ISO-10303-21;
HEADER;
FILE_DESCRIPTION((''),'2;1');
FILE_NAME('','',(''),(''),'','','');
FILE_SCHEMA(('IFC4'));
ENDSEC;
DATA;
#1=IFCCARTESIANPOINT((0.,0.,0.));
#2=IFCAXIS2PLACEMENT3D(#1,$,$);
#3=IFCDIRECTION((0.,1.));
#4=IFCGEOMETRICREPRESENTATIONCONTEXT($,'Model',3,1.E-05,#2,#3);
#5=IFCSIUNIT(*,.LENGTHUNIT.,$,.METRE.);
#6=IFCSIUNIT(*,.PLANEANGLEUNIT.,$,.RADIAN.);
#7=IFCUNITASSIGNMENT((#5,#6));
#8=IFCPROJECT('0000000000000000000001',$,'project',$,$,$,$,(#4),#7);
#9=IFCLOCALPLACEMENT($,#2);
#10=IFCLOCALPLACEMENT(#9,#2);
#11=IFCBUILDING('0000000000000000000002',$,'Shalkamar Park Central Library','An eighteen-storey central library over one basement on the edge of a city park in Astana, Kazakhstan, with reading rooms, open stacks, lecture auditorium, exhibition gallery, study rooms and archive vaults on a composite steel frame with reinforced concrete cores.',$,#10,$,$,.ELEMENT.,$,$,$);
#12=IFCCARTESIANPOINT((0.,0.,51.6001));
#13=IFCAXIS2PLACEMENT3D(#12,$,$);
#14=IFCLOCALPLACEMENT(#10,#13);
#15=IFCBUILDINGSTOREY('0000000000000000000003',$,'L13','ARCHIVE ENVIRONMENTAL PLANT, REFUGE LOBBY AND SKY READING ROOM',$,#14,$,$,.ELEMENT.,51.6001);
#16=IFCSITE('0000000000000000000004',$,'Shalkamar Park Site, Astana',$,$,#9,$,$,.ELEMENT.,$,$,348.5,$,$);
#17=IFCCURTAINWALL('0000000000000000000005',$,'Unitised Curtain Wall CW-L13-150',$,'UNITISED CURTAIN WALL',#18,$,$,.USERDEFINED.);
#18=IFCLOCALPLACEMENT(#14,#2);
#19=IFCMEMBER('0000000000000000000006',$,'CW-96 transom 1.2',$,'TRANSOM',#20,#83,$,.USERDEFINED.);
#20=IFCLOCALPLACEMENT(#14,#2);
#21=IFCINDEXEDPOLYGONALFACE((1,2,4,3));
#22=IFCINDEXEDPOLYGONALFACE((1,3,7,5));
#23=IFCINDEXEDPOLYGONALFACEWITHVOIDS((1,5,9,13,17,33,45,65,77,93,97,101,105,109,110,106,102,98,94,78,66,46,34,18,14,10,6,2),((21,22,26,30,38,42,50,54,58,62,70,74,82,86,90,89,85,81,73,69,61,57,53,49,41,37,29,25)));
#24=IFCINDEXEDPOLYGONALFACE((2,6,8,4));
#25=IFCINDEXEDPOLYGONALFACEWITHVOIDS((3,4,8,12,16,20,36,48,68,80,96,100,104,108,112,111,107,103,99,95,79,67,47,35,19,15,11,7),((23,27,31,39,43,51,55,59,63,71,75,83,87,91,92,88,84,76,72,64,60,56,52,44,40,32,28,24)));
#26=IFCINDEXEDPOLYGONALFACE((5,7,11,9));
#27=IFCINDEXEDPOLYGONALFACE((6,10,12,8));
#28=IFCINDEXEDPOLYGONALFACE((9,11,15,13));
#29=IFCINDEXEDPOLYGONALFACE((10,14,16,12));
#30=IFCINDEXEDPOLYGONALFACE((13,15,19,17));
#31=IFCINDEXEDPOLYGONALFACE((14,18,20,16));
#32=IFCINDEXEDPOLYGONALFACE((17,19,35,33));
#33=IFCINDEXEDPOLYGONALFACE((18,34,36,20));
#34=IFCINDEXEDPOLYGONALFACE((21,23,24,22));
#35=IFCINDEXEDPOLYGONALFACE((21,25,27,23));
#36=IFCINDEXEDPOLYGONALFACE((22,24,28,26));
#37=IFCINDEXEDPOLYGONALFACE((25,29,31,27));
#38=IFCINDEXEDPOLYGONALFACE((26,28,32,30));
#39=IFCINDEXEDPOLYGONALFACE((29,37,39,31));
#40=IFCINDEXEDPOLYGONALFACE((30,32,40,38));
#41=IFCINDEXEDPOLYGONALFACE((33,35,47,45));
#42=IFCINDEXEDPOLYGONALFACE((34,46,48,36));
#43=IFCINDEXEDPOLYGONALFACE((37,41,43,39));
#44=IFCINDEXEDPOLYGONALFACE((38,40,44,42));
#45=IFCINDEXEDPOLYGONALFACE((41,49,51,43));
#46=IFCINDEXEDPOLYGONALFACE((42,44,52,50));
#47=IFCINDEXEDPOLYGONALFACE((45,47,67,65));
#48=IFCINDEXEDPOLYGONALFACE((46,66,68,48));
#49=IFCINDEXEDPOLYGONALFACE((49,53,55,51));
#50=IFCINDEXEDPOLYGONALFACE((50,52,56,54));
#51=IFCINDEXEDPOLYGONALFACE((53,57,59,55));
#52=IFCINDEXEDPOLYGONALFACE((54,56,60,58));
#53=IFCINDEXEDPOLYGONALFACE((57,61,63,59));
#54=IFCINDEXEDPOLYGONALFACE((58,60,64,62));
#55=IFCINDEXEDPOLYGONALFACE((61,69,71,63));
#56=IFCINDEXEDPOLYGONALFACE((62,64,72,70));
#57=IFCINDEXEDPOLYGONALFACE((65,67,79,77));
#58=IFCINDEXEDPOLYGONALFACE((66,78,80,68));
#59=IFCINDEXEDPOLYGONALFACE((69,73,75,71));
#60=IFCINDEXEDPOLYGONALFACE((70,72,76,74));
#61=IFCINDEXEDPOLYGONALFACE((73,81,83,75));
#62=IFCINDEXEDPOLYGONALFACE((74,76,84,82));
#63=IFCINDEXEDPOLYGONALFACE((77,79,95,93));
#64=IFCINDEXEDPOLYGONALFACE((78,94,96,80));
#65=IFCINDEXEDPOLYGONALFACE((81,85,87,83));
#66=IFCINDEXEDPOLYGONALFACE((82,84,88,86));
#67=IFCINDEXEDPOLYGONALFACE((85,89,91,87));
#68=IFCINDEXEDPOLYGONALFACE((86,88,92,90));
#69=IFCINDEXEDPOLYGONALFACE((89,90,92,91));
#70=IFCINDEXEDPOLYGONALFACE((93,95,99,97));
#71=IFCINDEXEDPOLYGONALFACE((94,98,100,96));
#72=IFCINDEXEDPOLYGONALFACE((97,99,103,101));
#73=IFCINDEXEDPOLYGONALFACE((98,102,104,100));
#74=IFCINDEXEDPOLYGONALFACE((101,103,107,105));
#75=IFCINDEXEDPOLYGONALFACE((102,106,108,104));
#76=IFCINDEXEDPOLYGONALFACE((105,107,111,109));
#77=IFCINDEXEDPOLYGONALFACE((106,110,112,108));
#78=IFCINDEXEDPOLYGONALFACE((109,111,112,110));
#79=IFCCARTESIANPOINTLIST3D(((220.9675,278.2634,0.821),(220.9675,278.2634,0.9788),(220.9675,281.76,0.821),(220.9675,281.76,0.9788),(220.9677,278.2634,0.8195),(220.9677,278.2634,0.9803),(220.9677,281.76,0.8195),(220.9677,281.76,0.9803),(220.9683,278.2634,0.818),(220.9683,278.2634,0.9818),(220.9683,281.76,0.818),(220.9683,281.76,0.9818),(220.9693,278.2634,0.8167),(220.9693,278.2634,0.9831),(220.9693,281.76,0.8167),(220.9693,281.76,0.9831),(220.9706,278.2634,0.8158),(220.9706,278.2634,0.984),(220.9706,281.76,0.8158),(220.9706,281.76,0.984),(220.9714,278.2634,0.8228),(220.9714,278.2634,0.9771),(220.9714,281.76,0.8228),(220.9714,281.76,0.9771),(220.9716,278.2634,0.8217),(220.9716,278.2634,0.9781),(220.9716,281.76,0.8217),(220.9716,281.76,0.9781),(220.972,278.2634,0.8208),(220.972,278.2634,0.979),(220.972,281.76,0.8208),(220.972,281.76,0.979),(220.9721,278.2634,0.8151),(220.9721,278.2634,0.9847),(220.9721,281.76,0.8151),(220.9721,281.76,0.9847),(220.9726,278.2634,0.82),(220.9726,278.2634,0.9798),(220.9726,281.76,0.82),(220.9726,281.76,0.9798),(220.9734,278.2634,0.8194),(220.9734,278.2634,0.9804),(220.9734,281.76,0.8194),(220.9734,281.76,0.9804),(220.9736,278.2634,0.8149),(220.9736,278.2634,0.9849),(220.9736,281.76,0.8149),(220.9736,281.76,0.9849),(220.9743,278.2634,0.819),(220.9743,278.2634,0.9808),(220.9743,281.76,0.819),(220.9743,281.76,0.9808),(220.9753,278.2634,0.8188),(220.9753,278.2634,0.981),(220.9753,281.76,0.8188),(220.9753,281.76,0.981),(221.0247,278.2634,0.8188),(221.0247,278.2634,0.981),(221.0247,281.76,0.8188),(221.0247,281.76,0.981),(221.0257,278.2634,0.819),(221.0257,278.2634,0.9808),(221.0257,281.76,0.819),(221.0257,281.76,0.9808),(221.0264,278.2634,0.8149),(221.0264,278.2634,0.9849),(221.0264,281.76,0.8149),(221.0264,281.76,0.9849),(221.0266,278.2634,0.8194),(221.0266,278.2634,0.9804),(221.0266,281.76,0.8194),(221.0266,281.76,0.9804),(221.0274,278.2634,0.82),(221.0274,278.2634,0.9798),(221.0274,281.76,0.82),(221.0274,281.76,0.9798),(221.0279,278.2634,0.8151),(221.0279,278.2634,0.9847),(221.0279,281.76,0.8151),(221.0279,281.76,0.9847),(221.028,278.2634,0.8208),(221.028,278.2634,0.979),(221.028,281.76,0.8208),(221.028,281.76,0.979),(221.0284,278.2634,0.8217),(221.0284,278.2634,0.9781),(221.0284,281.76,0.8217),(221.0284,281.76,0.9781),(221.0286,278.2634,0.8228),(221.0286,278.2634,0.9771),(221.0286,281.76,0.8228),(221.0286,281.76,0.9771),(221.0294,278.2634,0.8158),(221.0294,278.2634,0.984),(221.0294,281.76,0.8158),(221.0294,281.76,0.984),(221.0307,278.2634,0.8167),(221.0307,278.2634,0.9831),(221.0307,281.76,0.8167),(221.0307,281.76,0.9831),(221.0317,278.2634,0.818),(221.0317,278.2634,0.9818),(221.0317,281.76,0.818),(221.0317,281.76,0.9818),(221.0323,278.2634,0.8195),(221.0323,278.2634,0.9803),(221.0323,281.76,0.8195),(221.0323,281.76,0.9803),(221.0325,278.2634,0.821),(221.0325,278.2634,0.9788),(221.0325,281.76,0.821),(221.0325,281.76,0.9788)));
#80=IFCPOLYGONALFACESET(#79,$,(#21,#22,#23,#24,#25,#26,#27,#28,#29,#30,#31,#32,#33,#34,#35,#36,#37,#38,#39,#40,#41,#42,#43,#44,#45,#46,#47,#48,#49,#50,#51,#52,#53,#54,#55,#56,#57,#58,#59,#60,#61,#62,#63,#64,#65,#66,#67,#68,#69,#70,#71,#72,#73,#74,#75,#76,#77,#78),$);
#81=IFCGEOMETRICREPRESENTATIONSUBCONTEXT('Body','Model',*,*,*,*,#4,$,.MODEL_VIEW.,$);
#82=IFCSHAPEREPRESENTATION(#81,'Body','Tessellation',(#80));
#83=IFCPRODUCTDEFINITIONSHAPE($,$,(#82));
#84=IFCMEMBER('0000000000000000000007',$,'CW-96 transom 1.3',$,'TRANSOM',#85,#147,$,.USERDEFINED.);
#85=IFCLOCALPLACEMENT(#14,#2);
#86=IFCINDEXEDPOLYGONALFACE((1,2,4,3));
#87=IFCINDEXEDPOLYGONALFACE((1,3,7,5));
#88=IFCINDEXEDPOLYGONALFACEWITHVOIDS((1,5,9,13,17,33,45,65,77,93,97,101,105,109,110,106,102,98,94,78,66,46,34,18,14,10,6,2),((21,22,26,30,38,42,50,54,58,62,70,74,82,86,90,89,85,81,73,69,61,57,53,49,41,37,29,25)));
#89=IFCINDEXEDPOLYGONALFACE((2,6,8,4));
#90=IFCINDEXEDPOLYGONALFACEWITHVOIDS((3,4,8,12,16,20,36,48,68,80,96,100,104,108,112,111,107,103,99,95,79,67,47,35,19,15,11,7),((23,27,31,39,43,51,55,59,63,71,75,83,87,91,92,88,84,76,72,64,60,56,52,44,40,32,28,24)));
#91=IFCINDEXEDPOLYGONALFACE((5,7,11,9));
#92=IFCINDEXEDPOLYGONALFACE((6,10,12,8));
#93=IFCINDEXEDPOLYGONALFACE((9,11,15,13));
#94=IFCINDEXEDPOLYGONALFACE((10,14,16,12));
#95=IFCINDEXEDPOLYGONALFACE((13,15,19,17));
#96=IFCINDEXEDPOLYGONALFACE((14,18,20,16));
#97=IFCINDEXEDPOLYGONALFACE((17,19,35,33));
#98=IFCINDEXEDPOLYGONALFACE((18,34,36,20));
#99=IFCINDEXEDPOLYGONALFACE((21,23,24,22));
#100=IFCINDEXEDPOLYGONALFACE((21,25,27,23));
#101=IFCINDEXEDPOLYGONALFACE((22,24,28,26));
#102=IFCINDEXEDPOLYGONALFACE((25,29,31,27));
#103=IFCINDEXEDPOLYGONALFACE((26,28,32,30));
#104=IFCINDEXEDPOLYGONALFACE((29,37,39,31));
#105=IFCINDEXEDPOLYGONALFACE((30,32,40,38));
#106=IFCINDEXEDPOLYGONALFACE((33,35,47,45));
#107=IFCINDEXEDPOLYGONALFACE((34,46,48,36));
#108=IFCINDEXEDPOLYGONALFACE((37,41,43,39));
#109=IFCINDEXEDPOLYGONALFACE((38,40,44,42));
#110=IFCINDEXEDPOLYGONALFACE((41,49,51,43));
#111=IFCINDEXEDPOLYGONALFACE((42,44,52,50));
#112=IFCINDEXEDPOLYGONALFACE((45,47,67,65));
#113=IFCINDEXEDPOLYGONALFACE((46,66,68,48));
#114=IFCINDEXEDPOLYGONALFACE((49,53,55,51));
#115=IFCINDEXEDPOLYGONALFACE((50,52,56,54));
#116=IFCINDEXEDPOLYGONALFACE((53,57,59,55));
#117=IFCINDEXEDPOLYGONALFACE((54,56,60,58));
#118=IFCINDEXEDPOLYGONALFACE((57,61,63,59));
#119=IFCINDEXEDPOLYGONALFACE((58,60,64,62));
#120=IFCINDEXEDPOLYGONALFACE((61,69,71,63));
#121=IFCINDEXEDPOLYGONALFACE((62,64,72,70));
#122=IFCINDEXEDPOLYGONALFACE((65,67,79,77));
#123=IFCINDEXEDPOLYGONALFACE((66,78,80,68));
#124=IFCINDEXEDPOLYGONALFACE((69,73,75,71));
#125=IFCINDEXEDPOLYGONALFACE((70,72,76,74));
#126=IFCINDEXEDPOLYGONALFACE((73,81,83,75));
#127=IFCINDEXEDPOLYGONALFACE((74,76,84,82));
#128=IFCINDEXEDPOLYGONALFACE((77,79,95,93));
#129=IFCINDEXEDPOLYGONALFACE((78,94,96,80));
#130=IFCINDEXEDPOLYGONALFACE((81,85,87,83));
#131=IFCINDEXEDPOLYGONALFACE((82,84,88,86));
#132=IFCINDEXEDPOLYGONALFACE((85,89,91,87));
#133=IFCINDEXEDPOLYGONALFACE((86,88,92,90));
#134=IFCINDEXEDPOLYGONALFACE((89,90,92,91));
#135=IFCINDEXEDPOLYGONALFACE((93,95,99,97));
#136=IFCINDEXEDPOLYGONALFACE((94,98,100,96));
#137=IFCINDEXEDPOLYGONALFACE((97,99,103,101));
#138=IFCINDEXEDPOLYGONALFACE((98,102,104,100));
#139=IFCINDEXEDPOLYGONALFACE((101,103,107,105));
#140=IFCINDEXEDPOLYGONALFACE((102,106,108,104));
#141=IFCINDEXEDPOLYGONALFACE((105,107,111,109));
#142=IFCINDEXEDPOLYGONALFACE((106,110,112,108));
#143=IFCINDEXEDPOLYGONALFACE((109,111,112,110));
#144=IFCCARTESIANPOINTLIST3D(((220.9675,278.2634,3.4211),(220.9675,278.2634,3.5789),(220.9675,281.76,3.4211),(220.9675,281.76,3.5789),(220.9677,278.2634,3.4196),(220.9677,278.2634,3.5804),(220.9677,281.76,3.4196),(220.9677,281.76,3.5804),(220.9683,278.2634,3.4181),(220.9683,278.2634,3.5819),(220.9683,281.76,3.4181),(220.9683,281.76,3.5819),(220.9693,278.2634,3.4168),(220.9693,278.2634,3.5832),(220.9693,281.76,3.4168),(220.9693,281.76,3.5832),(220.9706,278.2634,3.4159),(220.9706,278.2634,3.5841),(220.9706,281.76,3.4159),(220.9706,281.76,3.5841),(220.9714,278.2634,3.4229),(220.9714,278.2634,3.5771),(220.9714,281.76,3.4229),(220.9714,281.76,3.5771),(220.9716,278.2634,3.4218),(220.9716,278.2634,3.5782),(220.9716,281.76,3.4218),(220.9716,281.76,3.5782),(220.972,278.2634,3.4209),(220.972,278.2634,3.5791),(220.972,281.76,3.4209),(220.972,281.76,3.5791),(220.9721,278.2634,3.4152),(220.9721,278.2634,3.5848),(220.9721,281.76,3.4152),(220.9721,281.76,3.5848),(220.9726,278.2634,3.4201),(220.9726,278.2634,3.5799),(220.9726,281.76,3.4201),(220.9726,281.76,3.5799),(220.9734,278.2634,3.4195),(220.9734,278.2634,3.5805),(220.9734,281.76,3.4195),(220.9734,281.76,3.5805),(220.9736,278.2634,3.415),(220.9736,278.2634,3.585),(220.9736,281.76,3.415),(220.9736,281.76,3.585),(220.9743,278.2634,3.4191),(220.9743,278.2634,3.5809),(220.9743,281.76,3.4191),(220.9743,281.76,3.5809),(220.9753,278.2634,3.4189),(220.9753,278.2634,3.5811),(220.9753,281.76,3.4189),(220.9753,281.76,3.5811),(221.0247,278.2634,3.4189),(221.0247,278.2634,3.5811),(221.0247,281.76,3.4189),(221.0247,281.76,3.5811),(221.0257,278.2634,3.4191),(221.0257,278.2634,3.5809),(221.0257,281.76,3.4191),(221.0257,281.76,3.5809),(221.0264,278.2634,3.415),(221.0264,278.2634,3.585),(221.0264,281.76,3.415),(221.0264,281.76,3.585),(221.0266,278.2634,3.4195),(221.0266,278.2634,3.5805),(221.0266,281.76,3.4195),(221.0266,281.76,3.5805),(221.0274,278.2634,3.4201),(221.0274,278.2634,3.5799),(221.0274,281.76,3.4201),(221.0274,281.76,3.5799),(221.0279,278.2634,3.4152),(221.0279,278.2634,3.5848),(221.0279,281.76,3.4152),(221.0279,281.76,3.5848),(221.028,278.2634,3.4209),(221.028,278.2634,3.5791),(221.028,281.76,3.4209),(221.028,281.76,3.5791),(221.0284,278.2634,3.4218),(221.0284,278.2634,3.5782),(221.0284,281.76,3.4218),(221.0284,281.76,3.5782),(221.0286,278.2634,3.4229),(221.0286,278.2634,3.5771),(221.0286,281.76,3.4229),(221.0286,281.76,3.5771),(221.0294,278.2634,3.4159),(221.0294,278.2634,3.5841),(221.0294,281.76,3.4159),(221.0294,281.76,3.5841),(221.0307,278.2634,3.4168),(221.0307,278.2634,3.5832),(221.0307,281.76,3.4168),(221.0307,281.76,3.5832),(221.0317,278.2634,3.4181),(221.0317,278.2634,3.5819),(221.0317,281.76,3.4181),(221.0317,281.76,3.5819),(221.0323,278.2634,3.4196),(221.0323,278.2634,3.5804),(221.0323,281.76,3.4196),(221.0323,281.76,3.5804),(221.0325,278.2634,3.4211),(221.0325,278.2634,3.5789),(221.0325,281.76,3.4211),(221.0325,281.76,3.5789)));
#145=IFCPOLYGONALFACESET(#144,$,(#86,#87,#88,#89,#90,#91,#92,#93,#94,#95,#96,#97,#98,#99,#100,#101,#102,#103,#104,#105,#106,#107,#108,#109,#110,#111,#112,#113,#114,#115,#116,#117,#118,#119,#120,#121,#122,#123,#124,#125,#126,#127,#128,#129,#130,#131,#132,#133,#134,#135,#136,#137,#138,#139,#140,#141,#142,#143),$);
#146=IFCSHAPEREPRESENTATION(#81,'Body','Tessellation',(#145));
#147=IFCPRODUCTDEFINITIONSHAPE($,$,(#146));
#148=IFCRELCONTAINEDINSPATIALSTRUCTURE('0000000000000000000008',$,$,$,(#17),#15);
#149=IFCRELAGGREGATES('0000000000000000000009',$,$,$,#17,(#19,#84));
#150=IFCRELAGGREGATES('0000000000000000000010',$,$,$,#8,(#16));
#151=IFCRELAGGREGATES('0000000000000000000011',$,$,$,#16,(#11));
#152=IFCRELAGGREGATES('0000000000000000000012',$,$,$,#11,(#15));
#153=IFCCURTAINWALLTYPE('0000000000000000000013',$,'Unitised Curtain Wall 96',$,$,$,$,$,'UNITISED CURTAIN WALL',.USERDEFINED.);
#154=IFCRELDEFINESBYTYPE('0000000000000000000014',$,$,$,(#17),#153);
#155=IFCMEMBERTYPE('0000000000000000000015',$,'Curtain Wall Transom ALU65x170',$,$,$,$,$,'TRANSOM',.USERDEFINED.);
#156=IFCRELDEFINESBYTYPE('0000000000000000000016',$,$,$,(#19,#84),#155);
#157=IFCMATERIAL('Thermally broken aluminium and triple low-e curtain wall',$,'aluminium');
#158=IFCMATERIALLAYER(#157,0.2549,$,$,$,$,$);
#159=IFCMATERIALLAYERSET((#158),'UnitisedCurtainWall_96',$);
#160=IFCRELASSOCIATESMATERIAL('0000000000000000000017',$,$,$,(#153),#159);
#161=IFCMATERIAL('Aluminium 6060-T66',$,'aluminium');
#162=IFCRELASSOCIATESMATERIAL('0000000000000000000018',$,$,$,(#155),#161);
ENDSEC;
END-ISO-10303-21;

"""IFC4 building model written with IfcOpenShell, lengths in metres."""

from ifc_helpers import new_model, si_unit, direction, frame, origin, origin_2d, place, context, subcontext, project, spatial, hollow_rectangle, extrude, material, layer, layer_set, material_profile, profile_set, type_object, element, aggregate, save


model = new_model("IFC4")

# Units and contexts
model_context = context("Model", 3, precision=1e-05, world=origin(), true_north=direction((0.0, 1.0)))
body_context = subcontext(model_context, "Body", "Model", "MODEL_VIEW")
ifc_project = project(units=[si_unit("LENGTHUNIT", "METRE"), si_unit("PLANEANGLEUNIT", "RADIAN")], contexts=[model_context])

# Site, building, storey
site_placement = place(None, origin())
site = spatial("IfcSite", under=ifc_project, at=site_placement, Name="Shalkamar Park Site, Astana", CompositionType="ELEMENT", RefElevation=348.5)
building_placement = place(site_placement, origin())
building = spatial("IfcBuilding", under=site, at=building_placement, Name="Shalkamar Park Central Library", Description="An eighteen-storey central library over one basement on the edge of a city park in Astana, Kazakhstan, with reading rooms, open stacks, lecture auditorium, exhibition gallery, study rooms and archive vaults on a composite steel frame with reinforced concrete cores.", CompositionType="ELEMENT")
storey_placement = place(building_placement, frame((0.0, 0.0, 51.6001)))
storey = spatial("IfcBuildingStorey", under=building, at=storey_placement, Name="L13", Description="ARCHIVE ENVIRONMENTAL PLANT, REFUGE LOBBY AND SKY READING ROOM", CompositionType="ELEMENT", Elevation=51.6001)

# Curtain wall, members
ifc_material_1 = material(Name="Thermally broken aluminium and triple low-e curtain wall", Category="aluminium")
ifc_layer_1 = layer(ifc_material_1, 0.2549)
ifc_layer_set_1 = layer_set([ifc_layer_1], Name="UnitisedCurtainWall_96")
curtain_wall_type = type_object("IfcCurtainWallType", Name="Unitised Curtain Wall 96", ElementType="UNITISED CURTAIN WALL", PredefinedType="USERDEFINED", material=ifc_layer_set_1)
curtain_wall_placement = place(storey_placement, origin())
curtain_wall = element("IfcCurtainWall", 1, at=curtain_wall_placement, inside=storey, type_object=curtain_wall_type, Name="Unitised Curtain Wall CW-L13-150", ObjectType="UNITISED CURTAIN WALL", PredefinedType="USERDEFINED")
ifc_material_2 = material(Name="Aluminium 6060-T66", Category="aluminium")
ifc_material_profile_1 = material_profile(ifc_material_2, hollow_rectangle(XDim=0.0649, YDim=0.1699, WallThickness=0.0039, InnerFilletRadius=0.0039, OuterFilletRadius=0.0061, at=origin_2d()), Name="ALU 65x170x4")
ifc_profile_set_1 = profile_set([ifc_material_profile_1], Name="Aluminium 6060-T66")
member_type_1 = type_object("IfcMemberType", Name="Curtain Wall Transom ALU65x170", ElementType="TRANSOM", PredefinedType="USERDEFINED", material=ifc_profile_set_1)
member_1_placement = place(storey_placement, frame((221.0, 278.2634, 0.8999), z_axis=(0.0, 1.0, 0.0), x_axis=(-1.0, 0.0, 0.0)))
member_1 = element("IfcMember", 2, at=member_1_placement, type_object=member_type_1, Name="CW-96 transom 1.2", ObjectType="TRANSOM", PredefinedType="USERDEFINED", context=body_context, shape_type="SweptSolid", body=[
    extrude(hollow_rectangle(XDim=0.0649, YDim=0.1699, WallThickness=0.0039, InnerFilletRadius=0.0039, OuterFilletRadius=0.0061, at=origin_2d()), origin(), (0.0, 0.0, 1.0), 3.4966),
])
member_2_placement = place(storey_placement, frame((221.0, 278.2634, 3.5), z_axis=(0.0, 1.0, 0.0), x_axis=(-1.0, 0.0, 0.0)))
member_2 = element("IfcMember", 3, at=member_2_placement, type_object=member_type_1, Name="CW-96 transom 1.3", ObjectType="TRANSOM", PredefinedType="USERDEFINED", context=body_context, shape_type="SweptSolid", body=[
    extrude(hollow_rectangle(XDim=0.0649, YDim=0.1699, WallThickness=0.0039, InnerFilletRadius=0.0039, OuterFilletRadius=0.0061, at=origin_2d()), origin(), (0.0, 0.0, 1.0), 3.4966),
])

aggregate(curtain_wall, [member_1, member_2])

save(model, "model.ifc")
